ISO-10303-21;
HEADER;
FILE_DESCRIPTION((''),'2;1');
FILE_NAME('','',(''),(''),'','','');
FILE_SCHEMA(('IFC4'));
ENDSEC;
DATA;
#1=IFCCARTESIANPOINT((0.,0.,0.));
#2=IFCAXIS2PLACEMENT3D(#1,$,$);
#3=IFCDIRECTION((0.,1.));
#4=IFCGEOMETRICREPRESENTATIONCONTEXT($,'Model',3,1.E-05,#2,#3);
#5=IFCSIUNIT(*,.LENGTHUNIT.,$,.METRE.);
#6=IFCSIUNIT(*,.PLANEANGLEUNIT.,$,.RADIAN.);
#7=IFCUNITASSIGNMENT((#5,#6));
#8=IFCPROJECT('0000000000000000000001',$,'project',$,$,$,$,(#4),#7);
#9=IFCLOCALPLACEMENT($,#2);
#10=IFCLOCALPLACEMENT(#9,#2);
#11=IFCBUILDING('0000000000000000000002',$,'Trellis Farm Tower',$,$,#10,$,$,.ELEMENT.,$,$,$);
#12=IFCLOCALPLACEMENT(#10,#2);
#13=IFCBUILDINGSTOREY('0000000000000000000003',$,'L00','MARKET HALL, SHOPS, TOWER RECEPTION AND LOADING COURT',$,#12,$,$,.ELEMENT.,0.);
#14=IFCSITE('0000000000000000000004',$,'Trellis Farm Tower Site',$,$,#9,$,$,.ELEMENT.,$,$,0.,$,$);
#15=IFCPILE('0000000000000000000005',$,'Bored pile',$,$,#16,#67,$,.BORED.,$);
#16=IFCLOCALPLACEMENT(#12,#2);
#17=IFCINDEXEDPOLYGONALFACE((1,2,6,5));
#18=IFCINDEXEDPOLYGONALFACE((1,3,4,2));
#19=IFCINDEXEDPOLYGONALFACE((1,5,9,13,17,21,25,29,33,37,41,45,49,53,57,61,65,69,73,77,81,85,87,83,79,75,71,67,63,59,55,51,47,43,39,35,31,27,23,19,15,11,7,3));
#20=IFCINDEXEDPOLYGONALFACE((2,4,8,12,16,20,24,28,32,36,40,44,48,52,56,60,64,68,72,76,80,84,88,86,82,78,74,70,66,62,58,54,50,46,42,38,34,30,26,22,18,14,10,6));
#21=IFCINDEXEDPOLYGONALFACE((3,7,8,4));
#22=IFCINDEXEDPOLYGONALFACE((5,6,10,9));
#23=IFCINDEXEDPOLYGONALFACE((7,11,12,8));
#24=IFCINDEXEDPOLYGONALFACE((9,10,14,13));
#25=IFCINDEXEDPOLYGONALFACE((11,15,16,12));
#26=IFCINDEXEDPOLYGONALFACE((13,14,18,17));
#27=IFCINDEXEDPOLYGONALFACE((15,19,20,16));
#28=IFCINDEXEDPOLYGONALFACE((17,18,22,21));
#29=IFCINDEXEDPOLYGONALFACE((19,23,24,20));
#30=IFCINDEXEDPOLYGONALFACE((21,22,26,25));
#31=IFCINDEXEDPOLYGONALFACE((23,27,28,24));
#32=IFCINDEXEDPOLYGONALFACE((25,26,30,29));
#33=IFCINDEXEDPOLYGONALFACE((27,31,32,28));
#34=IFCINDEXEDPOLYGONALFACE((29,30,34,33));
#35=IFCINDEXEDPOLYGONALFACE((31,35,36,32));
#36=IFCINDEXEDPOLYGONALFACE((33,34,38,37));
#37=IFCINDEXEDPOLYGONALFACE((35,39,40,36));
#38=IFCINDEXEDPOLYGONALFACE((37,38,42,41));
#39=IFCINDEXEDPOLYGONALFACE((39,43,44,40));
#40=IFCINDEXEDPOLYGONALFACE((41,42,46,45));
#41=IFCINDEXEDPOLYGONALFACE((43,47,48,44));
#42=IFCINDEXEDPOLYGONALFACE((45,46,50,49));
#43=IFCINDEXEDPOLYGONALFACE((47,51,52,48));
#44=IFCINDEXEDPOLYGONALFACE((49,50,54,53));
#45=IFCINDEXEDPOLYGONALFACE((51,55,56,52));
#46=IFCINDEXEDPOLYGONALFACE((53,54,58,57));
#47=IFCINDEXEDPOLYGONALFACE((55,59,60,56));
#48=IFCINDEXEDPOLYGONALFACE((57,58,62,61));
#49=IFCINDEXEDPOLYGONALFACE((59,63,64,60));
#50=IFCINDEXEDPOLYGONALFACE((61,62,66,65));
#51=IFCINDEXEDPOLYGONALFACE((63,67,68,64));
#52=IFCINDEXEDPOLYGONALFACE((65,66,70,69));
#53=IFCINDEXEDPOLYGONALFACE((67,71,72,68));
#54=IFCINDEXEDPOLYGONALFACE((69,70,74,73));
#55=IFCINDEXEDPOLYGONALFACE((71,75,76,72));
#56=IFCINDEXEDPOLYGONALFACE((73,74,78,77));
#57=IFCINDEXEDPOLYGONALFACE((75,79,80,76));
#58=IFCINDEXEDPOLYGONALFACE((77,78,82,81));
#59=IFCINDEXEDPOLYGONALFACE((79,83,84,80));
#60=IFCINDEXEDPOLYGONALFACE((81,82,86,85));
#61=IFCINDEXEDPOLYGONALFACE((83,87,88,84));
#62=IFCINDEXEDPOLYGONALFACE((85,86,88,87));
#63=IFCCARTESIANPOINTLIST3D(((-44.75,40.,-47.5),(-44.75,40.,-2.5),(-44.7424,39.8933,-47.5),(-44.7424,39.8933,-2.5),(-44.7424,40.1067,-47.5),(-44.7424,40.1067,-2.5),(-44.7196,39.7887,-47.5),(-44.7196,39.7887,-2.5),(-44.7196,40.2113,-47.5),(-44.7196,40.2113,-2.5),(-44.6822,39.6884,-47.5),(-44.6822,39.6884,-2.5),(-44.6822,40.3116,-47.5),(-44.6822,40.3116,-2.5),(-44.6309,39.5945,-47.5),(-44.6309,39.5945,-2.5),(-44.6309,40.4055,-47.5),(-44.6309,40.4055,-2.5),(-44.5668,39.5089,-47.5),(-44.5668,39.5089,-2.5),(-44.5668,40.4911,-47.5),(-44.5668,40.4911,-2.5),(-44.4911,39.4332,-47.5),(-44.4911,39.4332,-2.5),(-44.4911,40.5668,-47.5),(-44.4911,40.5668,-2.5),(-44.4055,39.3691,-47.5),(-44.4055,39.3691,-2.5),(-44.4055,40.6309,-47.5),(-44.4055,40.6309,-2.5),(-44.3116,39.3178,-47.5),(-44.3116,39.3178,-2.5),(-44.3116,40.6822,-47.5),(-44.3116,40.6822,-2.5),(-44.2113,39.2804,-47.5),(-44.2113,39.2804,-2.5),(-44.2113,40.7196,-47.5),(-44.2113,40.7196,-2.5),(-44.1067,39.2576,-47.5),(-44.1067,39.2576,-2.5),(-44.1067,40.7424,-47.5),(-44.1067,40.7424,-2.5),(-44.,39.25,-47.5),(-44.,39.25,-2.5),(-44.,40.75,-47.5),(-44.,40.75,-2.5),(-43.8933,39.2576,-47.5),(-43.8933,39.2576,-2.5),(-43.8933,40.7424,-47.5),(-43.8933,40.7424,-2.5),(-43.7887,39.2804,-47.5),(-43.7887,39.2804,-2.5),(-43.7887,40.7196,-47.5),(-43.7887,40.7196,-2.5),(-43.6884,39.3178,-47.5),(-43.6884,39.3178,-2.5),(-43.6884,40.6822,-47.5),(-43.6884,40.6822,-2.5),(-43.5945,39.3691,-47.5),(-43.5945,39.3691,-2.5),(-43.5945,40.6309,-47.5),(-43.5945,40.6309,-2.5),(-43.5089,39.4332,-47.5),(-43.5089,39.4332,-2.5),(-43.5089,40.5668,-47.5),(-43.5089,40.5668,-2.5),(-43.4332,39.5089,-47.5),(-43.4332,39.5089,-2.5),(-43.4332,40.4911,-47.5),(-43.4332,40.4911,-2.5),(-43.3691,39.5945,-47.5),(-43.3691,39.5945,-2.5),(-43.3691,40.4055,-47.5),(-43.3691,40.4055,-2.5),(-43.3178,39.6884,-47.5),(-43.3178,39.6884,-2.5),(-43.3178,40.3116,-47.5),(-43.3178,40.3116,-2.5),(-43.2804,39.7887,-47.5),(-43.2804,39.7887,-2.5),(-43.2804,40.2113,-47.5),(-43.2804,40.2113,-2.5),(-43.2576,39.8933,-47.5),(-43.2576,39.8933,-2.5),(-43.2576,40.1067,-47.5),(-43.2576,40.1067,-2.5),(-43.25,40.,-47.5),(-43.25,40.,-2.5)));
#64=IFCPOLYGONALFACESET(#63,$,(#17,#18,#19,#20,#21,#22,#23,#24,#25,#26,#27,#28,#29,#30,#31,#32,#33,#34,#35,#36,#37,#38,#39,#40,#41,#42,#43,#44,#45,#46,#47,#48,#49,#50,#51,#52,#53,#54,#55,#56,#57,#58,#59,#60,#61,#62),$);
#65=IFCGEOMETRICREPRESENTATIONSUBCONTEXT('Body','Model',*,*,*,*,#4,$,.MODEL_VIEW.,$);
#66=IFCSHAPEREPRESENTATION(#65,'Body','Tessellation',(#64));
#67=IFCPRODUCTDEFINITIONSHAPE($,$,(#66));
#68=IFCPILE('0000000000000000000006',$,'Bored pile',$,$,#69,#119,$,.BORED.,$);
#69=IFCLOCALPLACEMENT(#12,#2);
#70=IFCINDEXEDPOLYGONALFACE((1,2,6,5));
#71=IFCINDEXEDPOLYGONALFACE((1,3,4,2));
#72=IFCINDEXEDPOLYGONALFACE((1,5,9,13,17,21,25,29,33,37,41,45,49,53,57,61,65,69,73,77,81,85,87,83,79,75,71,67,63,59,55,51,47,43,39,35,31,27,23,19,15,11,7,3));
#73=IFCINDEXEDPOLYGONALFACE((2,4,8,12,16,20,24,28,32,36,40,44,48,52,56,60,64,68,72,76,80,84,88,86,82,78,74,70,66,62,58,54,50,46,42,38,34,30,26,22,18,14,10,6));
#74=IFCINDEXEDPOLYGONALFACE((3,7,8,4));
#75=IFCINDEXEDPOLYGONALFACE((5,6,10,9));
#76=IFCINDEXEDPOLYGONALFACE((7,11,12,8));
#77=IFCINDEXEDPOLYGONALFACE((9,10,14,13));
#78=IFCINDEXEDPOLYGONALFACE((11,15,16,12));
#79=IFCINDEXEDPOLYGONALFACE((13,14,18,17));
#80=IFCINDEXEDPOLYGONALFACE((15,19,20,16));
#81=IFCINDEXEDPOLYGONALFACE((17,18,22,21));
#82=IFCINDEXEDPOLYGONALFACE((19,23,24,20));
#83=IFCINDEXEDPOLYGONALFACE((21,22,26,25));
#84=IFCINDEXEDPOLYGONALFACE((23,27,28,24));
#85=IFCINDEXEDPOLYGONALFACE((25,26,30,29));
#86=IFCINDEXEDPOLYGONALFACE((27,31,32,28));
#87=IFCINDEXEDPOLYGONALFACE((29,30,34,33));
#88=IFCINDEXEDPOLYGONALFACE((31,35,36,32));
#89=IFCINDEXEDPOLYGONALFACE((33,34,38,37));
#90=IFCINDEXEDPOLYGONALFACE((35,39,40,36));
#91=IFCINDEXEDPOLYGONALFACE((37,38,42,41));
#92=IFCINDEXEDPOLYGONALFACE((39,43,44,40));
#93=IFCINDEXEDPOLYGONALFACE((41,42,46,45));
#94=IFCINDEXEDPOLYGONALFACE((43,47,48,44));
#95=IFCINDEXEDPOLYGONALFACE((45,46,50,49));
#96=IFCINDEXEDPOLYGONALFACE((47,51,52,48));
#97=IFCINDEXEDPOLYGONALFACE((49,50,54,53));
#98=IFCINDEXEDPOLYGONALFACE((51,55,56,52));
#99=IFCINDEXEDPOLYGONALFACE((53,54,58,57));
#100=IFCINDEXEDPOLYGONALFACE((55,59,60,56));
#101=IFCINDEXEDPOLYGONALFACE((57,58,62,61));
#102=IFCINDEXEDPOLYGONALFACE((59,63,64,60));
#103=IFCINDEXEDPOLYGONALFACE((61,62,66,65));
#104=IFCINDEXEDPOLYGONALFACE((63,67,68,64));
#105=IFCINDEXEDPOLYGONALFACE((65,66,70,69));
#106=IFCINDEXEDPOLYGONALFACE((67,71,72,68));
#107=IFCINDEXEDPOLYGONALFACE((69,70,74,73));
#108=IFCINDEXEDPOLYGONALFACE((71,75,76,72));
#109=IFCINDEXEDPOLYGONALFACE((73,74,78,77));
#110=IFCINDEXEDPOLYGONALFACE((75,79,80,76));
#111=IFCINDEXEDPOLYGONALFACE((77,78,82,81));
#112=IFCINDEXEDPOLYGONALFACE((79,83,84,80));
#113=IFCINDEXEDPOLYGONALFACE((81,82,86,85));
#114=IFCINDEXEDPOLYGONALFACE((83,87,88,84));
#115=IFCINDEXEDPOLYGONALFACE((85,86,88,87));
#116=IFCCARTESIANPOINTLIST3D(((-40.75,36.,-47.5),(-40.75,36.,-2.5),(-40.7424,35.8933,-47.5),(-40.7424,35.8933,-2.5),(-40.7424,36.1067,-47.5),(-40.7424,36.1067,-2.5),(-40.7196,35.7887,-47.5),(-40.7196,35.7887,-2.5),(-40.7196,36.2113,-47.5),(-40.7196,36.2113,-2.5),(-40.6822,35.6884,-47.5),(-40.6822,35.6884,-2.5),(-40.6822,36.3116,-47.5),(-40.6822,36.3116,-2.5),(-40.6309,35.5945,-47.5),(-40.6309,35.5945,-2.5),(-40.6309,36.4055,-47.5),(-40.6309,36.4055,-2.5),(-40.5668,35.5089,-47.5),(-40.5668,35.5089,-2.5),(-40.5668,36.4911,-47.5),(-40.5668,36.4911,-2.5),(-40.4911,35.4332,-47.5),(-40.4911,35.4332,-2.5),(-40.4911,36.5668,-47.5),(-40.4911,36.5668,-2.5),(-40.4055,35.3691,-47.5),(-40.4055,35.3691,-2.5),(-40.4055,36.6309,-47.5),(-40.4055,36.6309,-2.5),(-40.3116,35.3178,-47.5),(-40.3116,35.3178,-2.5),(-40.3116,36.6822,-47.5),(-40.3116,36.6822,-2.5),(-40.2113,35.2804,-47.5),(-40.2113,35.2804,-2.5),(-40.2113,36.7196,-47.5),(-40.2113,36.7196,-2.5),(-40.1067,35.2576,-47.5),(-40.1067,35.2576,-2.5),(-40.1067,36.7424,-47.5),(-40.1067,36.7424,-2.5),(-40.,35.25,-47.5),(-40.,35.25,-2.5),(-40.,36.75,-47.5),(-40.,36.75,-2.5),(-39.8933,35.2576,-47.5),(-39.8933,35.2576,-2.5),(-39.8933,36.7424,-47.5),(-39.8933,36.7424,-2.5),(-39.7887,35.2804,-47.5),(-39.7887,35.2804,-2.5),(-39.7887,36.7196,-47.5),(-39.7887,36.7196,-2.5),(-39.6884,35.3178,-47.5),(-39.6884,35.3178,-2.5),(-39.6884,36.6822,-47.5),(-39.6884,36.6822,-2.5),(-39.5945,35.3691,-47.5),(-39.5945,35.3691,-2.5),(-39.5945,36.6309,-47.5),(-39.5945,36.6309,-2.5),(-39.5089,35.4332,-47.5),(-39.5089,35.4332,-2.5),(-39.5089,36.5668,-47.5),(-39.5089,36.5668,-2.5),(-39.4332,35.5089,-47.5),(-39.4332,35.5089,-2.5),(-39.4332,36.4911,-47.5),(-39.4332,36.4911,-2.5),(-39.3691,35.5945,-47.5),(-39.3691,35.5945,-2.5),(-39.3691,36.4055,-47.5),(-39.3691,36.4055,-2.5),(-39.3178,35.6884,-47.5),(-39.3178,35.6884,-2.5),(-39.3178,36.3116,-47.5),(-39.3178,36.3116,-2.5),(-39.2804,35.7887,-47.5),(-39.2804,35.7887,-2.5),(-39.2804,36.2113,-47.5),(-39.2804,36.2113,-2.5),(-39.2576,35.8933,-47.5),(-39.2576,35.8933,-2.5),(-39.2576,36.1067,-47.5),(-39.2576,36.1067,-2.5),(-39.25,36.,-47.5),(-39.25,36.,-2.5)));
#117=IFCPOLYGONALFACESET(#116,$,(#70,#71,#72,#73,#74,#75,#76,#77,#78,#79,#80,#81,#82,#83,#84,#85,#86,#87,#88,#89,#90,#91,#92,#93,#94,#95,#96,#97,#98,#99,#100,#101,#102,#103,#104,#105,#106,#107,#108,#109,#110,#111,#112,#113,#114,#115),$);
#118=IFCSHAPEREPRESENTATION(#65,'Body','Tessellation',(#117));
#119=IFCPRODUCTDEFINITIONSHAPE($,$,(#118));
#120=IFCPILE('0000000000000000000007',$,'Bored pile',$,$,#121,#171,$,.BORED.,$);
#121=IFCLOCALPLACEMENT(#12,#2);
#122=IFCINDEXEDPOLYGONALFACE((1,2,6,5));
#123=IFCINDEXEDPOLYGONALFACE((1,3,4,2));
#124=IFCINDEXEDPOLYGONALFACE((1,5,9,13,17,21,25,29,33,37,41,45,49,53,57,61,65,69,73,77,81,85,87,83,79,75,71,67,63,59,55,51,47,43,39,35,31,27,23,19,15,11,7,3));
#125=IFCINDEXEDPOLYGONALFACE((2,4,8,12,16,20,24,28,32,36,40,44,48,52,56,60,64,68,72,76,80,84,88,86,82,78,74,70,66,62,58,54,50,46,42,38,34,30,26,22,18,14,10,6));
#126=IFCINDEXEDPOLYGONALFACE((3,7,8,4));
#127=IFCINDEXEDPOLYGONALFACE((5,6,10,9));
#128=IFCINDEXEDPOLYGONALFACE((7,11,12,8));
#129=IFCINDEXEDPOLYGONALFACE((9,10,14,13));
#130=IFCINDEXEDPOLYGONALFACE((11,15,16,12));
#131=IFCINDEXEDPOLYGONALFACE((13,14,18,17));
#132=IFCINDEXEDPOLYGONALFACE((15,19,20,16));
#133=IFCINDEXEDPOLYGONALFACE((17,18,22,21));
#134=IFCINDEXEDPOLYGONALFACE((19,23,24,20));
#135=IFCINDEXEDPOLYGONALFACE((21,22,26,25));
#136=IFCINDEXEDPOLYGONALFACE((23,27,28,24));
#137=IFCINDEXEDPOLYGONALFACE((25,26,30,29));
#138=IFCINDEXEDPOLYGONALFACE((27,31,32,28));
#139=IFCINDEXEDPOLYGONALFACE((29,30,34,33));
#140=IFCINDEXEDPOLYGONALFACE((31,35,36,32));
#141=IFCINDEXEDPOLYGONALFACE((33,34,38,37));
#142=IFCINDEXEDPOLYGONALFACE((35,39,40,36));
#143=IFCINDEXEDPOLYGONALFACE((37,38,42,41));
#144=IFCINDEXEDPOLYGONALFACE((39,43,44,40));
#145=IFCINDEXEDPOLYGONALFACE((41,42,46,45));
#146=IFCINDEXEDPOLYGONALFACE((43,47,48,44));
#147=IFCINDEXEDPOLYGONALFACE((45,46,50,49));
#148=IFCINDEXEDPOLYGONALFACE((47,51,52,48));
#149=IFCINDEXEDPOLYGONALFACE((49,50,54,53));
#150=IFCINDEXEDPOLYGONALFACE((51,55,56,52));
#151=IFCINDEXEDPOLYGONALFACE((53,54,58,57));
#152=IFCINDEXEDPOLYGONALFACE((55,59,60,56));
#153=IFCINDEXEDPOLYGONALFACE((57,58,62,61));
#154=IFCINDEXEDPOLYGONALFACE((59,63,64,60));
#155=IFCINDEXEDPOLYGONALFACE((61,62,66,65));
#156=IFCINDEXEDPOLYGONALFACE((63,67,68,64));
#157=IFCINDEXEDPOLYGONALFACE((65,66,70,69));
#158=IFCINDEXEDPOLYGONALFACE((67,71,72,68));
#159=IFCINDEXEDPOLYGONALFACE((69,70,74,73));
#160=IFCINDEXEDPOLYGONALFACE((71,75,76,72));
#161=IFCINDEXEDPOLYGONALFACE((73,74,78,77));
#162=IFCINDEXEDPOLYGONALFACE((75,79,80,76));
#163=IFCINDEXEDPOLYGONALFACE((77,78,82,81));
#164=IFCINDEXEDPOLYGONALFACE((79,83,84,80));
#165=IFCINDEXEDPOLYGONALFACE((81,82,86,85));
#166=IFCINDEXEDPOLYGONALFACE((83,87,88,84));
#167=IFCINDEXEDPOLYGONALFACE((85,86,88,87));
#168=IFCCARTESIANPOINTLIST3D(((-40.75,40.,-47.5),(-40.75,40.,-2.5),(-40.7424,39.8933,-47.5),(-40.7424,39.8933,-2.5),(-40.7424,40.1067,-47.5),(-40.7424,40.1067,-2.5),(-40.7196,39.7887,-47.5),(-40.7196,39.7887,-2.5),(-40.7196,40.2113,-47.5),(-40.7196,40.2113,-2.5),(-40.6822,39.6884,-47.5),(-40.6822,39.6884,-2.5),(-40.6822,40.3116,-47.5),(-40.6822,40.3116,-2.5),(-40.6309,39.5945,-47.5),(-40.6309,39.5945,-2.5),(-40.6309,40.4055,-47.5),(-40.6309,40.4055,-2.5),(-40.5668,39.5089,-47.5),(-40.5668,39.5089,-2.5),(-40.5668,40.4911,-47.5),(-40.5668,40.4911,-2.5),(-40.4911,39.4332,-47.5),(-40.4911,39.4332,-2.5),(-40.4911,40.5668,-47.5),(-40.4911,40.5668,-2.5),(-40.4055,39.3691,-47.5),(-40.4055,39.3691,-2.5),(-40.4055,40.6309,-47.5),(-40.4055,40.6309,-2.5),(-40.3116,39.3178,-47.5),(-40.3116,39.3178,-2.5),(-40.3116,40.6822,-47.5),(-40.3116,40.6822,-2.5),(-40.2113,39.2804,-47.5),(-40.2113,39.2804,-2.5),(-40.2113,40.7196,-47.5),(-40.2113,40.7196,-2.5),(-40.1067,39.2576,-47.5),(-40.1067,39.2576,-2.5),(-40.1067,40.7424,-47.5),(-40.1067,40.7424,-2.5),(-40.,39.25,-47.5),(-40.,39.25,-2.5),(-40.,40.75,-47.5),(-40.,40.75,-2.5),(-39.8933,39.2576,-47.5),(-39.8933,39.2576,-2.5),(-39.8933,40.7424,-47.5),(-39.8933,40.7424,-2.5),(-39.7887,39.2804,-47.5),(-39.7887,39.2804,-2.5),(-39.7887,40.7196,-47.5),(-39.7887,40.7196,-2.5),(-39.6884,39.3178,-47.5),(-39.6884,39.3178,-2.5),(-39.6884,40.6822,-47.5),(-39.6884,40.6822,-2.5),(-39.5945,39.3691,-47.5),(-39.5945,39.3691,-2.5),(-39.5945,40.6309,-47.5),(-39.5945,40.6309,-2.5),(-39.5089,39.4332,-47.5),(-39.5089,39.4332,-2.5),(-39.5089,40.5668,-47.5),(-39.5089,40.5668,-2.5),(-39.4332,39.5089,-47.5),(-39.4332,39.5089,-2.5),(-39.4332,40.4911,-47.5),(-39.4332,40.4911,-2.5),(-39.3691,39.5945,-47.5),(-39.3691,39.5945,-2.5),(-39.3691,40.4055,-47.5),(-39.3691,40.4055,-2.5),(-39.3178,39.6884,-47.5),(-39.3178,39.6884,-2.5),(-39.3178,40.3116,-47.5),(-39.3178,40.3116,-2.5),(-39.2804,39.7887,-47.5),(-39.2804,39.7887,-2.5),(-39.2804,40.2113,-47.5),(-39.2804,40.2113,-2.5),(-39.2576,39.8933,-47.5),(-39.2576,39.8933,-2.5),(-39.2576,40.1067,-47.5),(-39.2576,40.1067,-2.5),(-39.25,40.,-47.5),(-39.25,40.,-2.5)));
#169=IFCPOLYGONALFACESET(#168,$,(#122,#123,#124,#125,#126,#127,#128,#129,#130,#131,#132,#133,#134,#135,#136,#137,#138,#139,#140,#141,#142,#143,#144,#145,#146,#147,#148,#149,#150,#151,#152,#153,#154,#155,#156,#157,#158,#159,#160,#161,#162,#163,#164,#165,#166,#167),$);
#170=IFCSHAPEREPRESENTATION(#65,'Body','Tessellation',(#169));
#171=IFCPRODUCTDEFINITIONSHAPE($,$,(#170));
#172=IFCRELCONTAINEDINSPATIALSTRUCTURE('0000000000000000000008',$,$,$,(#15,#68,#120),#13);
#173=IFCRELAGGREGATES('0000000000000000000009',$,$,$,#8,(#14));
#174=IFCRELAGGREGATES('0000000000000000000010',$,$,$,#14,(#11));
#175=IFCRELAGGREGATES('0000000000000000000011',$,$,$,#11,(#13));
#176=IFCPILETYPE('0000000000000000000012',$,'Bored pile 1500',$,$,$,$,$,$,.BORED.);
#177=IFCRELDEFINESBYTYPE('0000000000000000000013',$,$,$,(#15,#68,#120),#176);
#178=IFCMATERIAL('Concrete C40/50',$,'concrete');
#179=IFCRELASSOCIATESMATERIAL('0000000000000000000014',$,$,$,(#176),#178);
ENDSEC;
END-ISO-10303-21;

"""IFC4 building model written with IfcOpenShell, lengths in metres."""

from ifc_helpers import new_model, si_unit, direction, frame, origin, origin_2d, place, context, subcontext, project, spatial, circle, extrude, source, transform, mapped, material, material_profile, profile_set, type_object, element, save


model = new_model("IFC4")

# Units and contexts
model_context = context("Model", 3, precision=1e-05, world=origin(), true_north=direction((0.0, 1.0)))
body_context = subcontext(model_context, "Body", "Model", "MODEL_VIEW")
ifc_project = project(units=[si_unit("LENGTHUNIT", "METRE"), si_unit("PLANEANGLEUNIT", "RADIAN")], contexts=[model_context])

# Site, building, storey
site_placement = place(None, origin())
site = spatial("IfcSite", under=ifc_project, at=site_placement, Name="Trellis Farm Tower Site", CompositionType="ELEMENT", RefElevation=0.0)
building_placement = place(site_placement, origin())
building = spatial("IfcBuilding", under=site, at=building_placement, Name="Trellis Farm Tower", CompositionType="ELEMENT")
storey_placement = place(building_placement, origin())
storey = spatial("IfcBuildingStorey", under=building, at=storey_placement, Name="L00", Description="MARKET HALL, SHOPS, TOWER RECEPTION AND LOADING COURT", CompositionType="ELEMENT", Elevation=0.0)

# Piles
ifc_material_1 = material(Name="Concrete C40/50", Category="concrete")
ifc_material_profile_1 = material_profile(ifc_material_1, circle(Radius=0.75, at=origin_2d()), Name="Bored pile 1500")
ifc_profile_set_1 = profile_set([ifc_material_profile_1], Name="Concrete C40/50")
pile_type = type_object("IfcPileType", Name="Bored pile 1500", PredefinedType="BORED", material=ifc_profile_set_1)
shared_shape_1 = source(origin(), body_context, "Body", "SweptSolid", [
    extrude(circle(Radius=0.75, at=origin_2d()), origin(), (0.0, 0.0, 1.0), 45.0),
])
for number, where, z_axis, x_axis, name in (
    (1, (-44.0, 40.0, -2.5), (0.0, 0.0, -1.0), (1.0, 0.0, 0.0), "Bored pile"),
    (2, (-40.0, 36.0, -2.5), (0.0, 0.0, -1.0), (1.0, 0.0, 0.0), "Bored pile"),
    (3, (-40.0, 40.0, -2.5), (0.0, 0.0, -1.0), (1.0, 0.0, 0.0), "Bored pile"),
):
    element("IfcPile", number, at=place(storey_placement, frame(where, z_axis=z_axis, x_axis=x_axis)), inside=storey, type_object=pile_type, Name=name, PredefinedType="BORED", context=body_context, shape_type="MappedRepresentation", body=[
        mapped(shared_shape_1, transform((0.0, 0.0, 0.0))),
    ])

save(model, "model.ifc")
